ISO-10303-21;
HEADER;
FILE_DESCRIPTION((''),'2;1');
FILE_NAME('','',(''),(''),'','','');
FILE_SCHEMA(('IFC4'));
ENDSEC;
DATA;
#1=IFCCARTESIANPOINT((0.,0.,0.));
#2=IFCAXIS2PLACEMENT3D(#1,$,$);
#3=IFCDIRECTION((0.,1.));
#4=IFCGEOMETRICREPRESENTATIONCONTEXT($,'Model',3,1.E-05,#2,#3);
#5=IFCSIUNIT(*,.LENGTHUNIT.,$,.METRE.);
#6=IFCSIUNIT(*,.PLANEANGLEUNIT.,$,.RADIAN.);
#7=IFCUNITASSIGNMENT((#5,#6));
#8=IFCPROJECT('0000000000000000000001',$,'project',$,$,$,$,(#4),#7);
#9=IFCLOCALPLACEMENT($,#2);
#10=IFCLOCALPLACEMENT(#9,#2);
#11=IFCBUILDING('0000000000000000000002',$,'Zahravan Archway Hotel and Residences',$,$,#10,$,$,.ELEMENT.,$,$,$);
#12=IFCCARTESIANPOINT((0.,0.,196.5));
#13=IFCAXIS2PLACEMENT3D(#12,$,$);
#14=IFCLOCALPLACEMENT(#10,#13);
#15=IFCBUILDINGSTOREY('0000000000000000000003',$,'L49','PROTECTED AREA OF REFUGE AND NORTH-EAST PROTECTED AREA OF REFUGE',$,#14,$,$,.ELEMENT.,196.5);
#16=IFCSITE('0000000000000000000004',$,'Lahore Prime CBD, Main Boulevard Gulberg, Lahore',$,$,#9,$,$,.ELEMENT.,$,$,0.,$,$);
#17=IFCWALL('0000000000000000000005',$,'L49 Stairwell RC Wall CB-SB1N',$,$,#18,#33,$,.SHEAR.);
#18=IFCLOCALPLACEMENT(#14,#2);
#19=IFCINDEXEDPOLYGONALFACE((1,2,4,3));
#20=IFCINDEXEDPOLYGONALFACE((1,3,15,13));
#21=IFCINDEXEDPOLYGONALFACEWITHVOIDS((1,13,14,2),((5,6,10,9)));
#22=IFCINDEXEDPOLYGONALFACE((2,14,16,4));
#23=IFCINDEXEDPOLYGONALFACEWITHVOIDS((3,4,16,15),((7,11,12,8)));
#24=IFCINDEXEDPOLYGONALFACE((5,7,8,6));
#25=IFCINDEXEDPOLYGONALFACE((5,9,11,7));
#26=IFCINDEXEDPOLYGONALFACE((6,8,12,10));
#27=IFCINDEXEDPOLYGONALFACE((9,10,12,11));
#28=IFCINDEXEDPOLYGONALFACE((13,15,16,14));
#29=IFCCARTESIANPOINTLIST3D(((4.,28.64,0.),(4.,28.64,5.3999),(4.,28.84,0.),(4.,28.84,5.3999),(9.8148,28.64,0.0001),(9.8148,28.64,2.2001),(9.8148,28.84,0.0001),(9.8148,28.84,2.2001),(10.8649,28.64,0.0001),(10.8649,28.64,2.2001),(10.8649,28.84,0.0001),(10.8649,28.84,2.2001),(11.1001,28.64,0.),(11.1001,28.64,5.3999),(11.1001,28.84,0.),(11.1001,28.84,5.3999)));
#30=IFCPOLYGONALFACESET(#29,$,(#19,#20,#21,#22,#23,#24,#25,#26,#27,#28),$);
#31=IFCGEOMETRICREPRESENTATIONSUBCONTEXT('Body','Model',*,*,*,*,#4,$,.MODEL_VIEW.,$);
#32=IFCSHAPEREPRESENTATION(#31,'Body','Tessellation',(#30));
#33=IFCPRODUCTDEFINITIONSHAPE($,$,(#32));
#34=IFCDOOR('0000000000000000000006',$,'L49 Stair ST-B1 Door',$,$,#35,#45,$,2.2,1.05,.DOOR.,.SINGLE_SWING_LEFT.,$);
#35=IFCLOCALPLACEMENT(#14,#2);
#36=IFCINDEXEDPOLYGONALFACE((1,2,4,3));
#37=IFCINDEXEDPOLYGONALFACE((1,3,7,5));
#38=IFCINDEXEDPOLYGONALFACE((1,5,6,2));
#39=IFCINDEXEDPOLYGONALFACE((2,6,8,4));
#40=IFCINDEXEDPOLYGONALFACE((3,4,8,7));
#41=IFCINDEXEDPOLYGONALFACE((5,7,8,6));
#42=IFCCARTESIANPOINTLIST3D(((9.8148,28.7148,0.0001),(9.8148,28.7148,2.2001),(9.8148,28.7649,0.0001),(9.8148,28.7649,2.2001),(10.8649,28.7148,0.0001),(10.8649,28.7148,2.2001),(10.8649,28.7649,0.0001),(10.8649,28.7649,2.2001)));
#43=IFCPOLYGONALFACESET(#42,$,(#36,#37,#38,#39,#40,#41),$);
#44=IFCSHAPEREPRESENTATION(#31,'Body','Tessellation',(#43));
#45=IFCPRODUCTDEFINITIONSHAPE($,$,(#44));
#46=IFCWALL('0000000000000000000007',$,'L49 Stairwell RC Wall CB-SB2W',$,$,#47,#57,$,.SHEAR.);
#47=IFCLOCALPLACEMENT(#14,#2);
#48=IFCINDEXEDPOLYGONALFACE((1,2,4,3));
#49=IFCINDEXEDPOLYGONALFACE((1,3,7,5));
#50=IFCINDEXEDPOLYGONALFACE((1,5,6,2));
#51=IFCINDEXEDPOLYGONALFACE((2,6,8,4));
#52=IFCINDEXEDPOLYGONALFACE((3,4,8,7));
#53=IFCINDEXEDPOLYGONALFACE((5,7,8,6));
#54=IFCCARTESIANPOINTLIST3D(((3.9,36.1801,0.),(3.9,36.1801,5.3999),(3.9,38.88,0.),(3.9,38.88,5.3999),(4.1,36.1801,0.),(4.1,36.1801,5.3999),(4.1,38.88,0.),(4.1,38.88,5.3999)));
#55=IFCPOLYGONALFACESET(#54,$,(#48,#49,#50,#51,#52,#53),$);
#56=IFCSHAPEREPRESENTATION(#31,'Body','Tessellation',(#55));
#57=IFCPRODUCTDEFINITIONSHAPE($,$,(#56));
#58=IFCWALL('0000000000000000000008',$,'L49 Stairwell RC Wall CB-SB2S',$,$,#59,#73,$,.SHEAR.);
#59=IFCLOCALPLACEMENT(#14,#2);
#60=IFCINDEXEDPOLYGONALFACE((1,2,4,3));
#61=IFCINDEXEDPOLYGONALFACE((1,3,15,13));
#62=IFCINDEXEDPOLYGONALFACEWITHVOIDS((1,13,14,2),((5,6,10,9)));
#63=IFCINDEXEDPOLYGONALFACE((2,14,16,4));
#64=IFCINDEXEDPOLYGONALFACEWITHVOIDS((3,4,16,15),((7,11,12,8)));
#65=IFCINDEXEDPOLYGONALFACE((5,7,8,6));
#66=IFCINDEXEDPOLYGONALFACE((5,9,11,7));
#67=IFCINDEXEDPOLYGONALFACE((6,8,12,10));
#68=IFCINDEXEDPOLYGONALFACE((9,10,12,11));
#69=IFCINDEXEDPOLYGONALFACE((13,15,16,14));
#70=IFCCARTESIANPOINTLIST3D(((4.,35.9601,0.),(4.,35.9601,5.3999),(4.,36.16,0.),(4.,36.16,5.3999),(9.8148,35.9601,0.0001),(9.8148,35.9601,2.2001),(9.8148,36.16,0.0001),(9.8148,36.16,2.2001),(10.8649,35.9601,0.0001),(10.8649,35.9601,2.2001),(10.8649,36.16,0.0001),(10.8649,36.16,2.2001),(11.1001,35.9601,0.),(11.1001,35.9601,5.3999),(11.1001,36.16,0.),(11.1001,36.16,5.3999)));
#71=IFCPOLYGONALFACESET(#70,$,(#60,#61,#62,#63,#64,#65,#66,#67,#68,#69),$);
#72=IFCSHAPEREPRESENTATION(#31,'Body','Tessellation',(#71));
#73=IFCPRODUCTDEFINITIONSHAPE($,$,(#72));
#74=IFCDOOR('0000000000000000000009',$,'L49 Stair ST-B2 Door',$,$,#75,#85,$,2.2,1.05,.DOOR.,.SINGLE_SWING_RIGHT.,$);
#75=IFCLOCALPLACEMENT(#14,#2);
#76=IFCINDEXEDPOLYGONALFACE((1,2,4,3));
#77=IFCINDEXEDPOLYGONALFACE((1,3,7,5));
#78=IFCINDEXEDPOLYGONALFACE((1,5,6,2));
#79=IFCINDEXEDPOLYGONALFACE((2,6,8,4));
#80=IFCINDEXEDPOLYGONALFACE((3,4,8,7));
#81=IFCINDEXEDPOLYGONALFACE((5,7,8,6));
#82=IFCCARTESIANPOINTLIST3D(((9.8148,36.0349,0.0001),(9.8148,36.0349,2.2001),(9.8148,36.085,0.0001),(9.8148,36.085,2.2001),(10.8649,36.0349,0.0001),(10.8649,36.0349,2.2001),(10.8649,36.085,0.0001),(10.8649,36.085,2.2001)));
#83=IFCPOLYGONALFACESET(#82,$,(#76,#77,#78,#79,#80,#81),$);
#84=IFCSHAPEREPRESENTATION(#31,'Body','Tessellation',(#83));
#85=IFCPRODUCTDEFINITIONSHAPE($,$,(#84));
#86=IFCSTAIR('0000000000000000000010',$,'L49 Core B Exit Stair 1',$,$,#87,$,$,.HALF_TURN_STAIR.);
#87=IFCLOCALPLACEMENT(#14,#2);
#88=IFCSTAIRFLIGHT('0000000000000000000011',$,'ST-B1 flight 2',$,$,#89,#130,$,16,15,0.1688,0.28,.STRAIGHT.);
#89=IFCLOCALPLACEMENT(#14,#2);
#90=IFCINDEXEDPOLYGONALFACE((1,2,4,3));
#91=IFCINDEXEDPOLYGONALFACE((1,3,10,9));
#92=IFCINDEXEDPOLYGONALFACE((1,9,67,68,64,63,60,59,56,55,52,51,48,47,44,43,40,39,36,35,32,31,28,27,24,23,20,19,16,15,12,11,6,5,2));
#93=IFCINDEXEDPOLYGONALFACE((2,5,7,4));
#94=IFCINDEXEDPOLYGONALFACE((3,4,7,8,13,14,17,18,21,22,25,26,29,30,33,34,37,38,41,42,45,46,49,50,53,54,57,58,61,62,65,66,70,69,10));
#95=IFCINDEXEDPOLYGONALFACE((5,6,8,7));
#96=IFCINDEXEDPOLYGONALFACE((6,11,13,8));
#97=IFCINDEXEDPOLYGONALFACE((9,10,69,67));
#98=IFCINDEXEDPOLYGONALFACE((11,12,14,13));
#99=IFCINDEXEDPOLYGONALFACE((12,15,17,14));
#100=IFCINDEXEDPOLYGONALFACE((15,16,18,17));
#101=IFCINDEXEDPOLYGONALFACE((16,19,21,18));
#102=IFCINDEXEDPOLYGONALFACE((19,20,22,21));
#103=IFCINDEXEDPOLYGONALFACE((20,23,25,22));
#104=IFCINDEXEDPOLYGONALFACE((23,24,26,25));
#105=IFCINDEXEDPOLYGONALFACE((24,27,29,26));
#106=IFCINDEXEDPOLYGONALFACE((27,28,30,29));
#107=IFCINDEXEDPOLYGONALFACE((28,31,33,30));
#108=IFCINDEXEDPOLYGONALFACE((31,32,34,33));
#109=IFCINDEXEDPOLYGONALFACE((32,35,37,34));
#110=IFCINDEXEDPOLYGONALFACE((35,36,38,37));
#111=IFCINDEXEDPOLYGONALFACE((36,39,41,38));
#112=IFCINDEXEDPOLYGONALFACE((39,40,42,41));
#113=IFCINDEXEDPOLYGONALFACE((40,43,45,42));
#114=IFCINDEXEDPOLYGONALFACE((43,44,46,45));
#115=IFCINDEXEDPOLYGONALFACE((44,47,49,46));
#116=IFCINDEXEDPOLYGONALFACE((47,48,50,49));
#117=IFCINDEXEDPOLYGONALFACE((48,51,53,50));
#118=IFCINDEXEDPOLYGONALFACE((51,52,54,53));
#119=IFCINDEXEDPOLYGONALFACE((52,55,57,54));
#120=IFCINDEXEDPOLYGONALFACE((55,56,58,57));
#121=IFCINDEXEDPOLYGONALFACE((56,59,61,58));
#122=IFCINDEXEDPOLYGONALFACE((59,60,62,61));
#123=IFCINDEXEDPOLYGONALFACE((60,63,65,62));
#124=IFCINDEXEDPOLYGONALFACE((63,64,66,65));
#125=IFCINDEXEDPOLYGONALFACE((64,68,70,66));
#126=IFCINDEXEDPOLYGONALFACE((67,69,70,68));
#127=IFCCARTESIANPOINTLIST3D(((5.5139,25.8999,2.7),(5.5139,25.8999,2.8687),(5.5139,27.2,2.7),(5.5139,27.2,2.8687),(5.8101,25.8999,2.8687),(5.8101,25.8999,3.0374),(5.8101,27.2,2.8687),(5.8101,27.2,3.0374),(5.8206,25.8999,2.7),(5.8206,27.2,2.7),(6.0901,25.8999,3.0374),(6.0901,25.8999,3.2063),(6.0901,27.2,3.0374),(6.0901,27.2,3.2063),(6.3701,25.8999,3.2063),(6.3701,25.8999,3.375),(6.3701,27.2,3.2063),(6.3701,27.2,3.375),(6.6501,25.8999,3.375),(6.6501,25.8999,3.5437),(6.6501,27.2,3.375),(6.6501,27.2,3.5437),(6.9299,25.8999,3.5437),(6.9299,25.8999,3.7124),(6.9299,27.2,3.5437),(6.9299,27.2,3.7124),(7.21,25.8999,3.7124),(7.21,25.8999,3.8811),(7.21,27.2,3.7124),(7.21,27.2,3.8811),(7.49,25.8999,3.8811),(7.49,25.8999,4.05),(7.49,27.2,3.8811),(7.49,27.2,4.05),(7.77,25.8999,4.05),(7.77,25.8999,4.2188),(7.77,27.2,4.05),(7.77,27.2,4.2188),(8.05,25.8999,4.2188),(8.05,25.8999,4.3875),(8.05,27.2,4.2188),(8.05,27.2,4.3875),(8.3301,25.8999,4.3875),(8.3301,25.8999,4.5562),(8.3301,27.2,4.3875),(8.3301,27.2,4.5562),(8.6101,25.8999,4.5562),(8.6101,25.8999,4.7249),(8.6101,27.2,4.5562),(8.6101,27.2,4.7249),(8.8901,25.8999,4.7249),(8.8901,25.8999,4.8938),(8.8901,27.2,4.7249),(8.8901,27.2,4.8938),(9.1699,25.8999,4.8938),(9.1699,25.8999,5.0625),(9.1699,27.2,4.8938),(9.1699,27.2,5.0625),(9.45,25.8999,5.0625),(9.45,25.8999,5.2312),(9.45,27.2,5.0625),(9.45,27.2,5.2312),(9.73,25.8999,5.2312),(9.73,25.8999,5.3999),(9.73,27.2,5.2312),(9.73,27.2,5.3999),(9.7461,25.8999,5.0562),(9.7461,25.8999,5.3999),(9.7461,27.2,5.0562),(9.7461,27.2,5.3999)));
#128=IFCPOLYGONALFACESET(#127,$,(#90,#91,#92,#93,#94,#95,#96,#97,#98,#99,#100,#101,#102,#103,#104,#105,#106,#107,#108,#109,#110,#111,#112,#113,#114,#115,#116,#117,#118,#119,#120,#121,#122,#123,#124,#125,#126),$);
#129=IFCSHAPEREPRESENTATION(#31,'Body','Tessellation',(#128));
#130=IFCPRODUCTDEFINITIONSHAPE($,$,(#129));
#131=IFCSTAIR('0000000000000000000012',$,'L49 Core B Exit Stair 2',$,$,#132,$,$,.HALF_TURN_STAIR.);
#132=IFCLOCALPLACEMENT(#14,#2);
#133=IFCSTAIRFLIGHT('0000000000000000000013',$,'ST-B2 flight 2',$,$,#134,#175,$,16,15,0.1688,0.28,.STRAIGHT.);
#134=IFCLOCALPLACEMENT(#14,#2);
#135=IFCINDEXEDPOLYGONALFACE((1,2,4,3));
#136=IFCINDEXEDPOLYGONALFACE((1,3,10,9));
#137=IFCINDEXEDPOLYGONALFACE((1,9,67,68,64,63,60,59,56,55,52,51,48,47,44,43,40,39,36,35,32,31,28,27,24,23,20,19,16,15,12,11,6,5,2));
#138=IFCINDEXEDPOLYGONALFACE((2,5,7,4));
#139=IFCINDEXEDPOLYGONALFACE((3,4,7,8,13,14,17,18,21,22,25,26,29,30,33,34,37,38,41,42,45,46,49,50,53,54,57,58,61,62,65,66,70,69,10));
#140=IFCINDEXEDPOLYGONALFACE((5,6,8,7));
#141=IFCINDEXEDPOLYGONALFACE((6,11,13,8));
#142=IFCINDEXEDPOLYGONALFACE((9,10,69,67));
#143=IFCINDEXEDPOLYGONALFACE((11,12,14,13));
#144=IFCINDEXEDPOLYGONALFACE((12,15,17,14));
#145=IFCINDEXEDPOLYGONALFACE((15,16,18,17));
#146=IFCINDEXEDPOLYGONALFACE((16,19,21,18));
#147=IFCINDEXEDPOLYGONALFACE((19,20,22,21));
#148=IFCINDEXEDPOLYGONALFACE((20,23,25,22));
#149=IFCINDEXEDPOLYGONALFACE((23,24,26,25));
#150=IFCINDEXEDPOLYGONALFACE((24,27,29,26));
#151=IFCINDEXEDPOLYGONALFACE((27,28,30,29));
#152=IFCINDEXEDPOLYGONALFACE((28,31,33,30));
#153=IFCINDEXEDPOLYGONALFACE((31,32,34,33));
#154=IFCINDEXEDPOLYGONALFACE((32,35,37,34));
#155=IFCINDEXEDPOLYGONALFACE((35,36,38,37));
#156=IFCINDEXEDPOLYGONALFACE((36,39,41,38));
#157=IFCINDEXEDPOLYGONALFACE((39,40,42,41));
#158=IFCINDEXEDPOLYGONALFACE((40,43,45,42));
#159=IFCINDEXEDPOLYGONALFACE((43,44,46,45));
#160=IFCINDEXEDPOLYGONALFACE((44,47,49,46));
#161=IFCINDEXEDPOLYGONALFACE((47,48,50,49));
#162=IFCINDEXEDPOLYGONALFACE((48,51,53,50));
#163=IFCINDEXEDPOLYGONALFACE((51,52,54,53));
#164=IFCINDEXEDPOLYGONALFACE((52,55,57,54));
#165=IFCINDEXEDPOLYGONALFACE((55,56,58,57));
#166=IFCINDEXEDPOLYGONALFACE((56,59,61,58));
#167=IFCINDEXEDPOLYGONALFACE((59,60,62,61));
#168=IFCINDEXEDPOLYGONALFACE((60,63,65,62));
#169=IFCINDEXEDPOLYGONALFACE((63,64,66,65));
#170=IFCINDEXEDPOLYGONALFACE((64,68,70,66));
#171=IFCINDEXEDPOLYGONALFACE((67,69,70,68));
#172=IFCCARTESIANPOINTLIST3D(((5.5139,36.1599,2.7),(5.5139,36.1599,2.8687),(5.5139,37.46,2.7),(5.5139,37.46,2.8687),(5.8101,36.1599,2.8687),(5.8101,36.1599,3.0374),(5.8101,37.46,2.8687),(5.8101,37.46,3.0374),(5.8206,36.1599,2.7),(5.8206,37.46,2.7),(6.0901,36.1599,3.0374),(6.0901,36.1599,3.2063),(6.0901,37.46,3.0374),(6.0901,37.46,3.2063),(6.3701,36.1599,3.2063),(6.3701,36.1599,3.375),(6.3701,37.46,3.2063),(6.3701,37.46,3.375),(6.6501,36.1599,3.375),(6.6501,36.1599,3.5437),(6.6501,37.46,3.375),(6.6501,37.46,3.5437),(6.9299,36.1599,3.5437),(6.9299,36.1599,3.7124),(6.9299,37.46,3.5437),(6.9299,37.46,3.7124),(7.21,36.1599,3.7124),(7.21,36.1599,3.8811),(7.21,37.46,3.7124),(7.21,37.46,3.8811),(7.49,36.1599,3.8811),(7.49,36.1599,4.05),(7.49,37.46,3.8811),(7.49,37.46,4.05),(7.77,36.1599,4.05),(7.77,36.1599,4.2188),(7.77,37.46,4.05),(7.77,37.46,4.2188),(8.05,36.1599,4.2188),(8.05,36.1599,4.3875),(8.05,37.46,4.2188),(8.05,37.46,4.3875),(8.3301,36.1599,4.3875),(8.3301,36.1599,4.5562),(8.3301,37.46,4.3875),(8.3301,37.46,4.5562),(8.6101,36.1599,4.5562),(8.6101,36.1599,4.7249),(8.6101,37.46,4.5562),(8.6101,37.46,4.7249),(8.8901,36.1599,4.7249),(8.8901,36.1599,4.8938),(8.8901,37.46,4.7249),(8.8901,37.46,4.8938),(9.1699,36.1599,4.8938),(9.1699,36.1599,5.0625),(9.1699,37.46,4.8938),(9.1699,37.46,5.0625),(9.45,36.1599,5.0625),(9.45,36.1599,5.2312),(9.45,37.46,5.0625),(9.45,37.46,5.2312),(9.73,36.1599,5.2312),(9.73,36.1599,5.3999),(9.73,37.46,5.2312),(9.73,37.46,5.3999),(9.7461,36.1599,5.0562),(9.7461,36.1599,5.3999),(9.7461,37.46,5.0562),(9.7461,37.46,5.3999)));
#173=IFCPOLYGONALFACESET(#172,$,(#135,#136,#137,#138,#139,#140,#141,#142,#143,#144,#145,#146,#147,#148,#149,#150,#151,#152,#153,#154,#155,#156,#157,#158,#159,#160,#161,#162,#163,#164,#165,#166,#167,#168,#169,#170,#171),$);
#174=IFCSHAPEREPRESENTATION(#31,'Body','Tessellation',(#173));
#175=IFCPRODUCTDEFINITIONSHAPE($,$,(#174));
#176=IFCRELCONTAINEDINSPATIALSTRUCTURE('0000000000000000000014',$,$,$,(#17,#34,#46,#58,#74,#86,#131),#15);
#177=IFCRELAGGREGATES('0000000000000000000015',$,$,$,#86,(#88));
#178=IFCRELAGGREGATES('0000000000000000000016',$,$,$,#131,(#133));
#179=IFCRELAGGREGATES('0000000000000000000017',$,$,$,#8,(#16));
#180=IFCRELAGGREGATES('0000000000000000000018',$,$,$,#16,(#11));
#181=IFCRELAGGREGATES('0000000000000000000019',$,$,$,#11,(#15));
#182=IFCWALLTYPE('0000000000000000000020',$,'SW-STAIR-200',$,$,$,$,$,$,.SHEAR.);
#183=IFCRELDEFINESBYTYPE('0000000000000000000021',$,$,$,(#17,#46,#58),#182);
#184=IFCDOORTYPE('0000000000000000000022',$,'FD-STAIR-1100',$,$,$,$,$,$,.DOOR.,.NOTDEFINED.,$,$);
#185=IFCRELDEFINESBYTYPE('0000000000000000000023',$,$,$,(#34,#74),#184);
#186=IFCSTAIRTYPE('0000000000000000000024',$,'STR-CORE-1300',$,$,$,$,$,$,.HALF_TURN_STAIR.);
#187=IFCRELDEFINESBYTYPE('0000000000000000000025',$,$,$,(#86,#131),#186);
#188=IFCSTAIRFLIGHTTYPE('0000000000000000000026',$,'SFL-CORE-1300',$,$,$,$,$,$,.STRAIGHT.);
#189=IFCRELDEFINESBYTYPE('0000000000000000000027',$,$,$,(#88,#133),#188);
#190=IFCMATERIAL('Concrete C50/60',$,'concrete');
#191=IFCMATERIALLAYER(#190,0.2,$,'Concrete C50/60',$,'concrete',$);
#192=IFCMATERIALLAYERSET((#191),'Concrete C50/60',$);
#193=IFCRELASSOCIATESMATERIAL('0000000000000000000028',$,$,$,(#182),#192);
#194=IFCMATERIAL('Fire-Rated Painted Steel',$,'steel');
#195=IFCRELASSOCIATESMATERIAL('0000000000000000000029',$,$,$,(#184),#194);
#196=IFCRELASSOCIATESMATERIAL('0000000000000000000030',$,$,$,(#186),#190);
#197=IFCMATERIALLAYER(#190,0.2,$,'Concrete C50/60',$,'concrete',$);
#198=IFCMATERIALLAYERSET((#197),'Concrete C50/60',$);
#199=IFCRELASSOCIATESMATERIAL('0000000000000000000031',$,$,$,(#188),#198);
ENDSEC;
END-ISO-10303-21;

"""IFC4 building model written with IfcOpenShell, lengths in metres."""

from ifc_helpers import new_model, si_unit, direction, frame, frame_2d, origin, place, context, subcontext, project, spatial, polyline, rectangle, outline, extrude, source, transform, mapped, material, layer, layer_set, type_object, type_shapes, element, fill, aggregate, save


model = new_model("IFC4")

# Units and contexts
model_context = context("Model", 3, precision=1e-05, world=origin(), true_north=direction((0.0, 1.0)))
body_context = subcontext(model_context, "Body", "Model", "MODEL_VIEW")
ifc_project = project(units=[si_unit("LENGTHUNIT", "METRE"), si_unit("PLANEANGLEUNIT", "RADIAN")], contexts=[model_context])

# Site, building, storey
site_placement = place(None, origin())
site = spatial("IfcSite", under=ifc_project, at=site_placement, Name="Lahore Prime CBD, Main Boulevard Gulberg, Lahore", CompositionType="ELEMENT", RefElevation=0.0)
building_placement = place(site_placement, origin())
building = spatial("IfcBuilding", under=site, at=building_placement, Name="Zahravan Archway Hotel and Residences", CompositionType="ELEMENT")
storey_placement = place(building_placement, frame((0.0, 0.0, 196.5)))
storey = spatial("IfcBuildingStorey", under=building, at=storey_placement, Name="L49", Description="PROTECTED AREA OF REFUGE AND NORTH-EAST PROTECTED AREA OF REFUGE", CompositionType="ELEMENT", Elevation=196.5)

# Shared definitions
ifc_material_1 = material(Name="Fire-Rated Painted Steel", Category="steel")

# Shared definitions
ifc_material_2 = material(Name="Concrete C50/60", Category="concrete")
ifc_layer_1 = layer(ifc_material_2, 0.2, Name="Concrete C50/60", Category="concrete")
ifc_layer_set_1 = layer_set([ifc_layer_1], Name="Concrete C50/60")
wall_type_1 = type_object("IfcWallType", Name="SW-STAIR-200", PredefinedType="SHEAR", material=ifc_layer_set_1)

# Wall, opening, door
wall_1_placement = place(storey_placement, frame((4.0, 28.74, 0.0), z_axis=(0.0, 0.0, 1.0), x_axis=(1.0, 0.0, 0.0)))
wall_1 = element("IfcWall", 1, at=wall_1_placement, inside=storey, type_object=wall_type_1, Name="L49 Stairwell RC Wall CB-SB1N", PredefinedType="SHEAR", context=body_context, shape_type="SweptSolid", body=[
    extrude(rectangle(XDim=7.1001, YDim=0.2, at=frame_2d((3.55, 0.0))), origin(), (0.0, 0.0, 1.0), 5.3999),
])
opening_1_placement = place(wall_1_placement, frame((5.8149, 0.0, 0.0)))
opening_1 = element("IfcOpeningElement", 2, at=opening_1_placement, cuts=wall_1, PredefinedType="OPENING", context=body_context, shape_type="SweptSolid", body=[
    extrude(rectangle(XDim=1.05, YDim=2.2, at=frame_2d((0.5249, 1.1001))), frame((0.0, 0.1099, 0.0), z_axis=(0.0, -1.0, 0.0), x_axis=(1.0, 0.0, 0.0)), (0.0, 0.0, 1.0), 0.22),
])
door_type_1 = type_object("IfcDoorType", Name="FD-STAIR-1100", OperationType="NOTDEFINED", PredefinedType="DOOR", material=ifc_material_1)
shared_shape_1 = source(origin(), body_context, "Body", "SweptSolid", [
    extrude(rectangle(XDim=1.05, YDim=2.2, at=frame_2d((0.5249, 1.1001))), frame((0.0, 0.0249, 0.0), z_axis=(0.0, -1.0, 0.0), x_axis=(1.0, 0.0, 0.0)), (0.0, 0.0, 1.0), 0.05),
])
type_shapes(door_type_1, [shared_shape_1])
door_1_placement = place(opening_1_placement, origin())
door_1 = element("IfcDoor", 3, at=door_1_placement, inside=storey, type_object=door_type_1, Name="L49 Stair ST-B1 Door", OperationType="SINGLE_SWING_LEFT", OverallHeight=2.2, OverallWidth=1.05, PredefinedType="DOOR", context=body_context, shape_type="MappedRepresentation", body=[
    mapped(shared_shape_1, transform((0.0, 0.0, 0.0), scale=1.0)),
])
fill(opening_1, door_1)

# Wall
wall_2_placement = place(storey_placement, frame((4.0, 36.1799, 0.0), z_axis=(0.0, 0.0, 1.0), x_axis=(0.0, 1.0, 0.0)))
element("IfcWall", 4, at=wall_2_placement, inside=storey, type_object=wall_type_1, Name="L49 Stairwell RC Wall CB-SB2W", PredefinedType="SHEAR", context=body_context, shape_type="SweptSolid", body=[
    extrude(rectangle(XDim=2.7, YDim=0.2, at=frame_2d((1.3501, 0.0))), origin(), (0.0, 0.0, 1.0), 5.3999),
])

# Wall, opening, door
wall_3_placement = place(storey_placement, frame((4.0, 36.0601, 0.0), z_axis=(0.0, 0.0, 1.0), x_axis=(1.0, 0.0, 0.0)))
wall_3 = element("IfcWall", 5, at=wall_3_placement, inside=storey, type_object=wall_type_1, Name="L49 Stairwell RC Wall CB-SB2S", PredefinedType="SHEAR", context=body_context, shape_type="SweptSolid", body=[
    extrude(rectangle(XDim=7.1001, YDim=0.2, at=frame_2d((3.55, 0.0))), origin(), (0.0, 0.0, 1.0), 5.3999),
])
opening_2_placement = place(wall_3_placement, frame((5.8149, 0.0, 0.0)))
opening_2 = element("IfcOpeningElement", 6, at=opening_2_placement, cuts=wall_3, PredefinedType="OPENING", context=body_context, shape_type="SweptSolid", body=[
    extrude(rectangle(XDim=1.05, YDim=2.2, at=frame_2d((0.5249, 1.1001))), frame((0.0, 0.1099, 0.0), z_axis=(0.0, -1.0, 0.0), x_axis=(1.0, 0.0, 0.0)), (0.0, 0.0, 1.0), 0.22),
])
door_2_placement = place(opening_2_placement, origin())
door_2 = element("IfcDoor", 7, at=door_2_placement, inside=storey, type_object=door_type_1, Name="L49 Stair ST-B2 Door", OperationType="SINGLE_SWING_RIGHT", OverallHeight=2.2, OverallWidth=1.05, PredefinedType="DOOR", context=body_context, shape_type="MappedRepresentation", body=[
    mapped(shared_shape_1, transform((0.0, 0.0, 0.0), scale=1.0)),
])
fill(opening_2, door_2)

# Stairs, stair flights
stair_type = type_object("IfcStairType", Name="STR-CORE-1300", PredefinedType="HALF_TURN_STAIR", material=ifc_material_2)
stair_1_placement = place(storey_placement, origin())
stair_1 = element("IfcStair", 8, at=stair_1_placement, inside=storey, type_object=stair_type, Name="L49 Core B Exit Stair 1", PredefinedType="HALF_TURN_STAIR")
ifc_layer_2 = layer(ifc_material_2, 0.2, Name="Concrete C50/60", Category="concrete")
ifc_layer_set_2 = layer_set([ifc_layer_2], Name="Concrete C50/60")
stair_flight_type = type_object("IfcStairFlightType", Name="SFL-CORE-1300", PredefinedType="STRAIGHT", material=ifc_layer_set_2)
shared_shape_2 = source(origin(), body_context, "Body", "SweptSolid", [
    extrude(outline(polyline([(-0.0161, 0.0), (-0.0161, 0.1687), (0.28, 0.1687), (0.28, 0.3374), (0.5601, 0.3374), (0.5601, 0.5063), (0.8401, 0.5063), (0.8401, 0.675), (1.1201, 0.675), (1.1201, 0.8438), (1.3999, 0.8438), (1.3999, 1.0125), (1.6799, 1.0125), (1.6799, 1.1812), (1.96, 1.1812), (1.96, 1.3501), (2.24, 1.3501), (2.24, 1.5188), (2.52, 1.5188), (2.52, 1.6875), (2.8, 1.6875), (2.8, 1.8562), (3.0801, 1.8562), (3.0801, 2.0249), (3.3601, 2.0249), (3.3601, 2.1938), (3.6399, 2.1938), (3.6399, 2.3625), (3.9199, 2.3625), (3.9199, 2.5312), (4.2, 2.5312), (4.2, 2.7), (4.2161, 2.7), (4.2161, 2.3562), (0.2905, 0.0), (-0.0161, 0.0)])), frame((0.0, 0.6499, 0.0), z_axis=(0.0, -1.0, 0.0), x_axis=(1.0, 0.0, 0.0)), (0.0, 0.0, 1.0), 1.3),
])
stair_flight_1_placement = place(storey_placement, frame((5.53, 26.55, 2.7), z_axis=(0.0, 0.0, 1.0), x_axis=(1.0, 0.0, 0.0)))
stair_flight_1 = element("IfcStairFlight", 9, at=stair_flight_1_placement, type_object=stair_flight_type, Name="ST-B1 flight 2", NumberOfRisers=16, NumberOfTreads=15, PredefinedType="STRAIGHT", RiserHeight=0.1688, TreadLength=0.28, context=body_context, shape_type="MappedRepresentation", body=[
    mapped(shared_shape_2, transform((0.0, 0.0, 0.0), scale=1.0)),
])
aggregate(stair_1, [stair_flight_1])
stair_2_placement = place(storey_placement, origin())
stair_2 = element("IfcStair", 10, at=stair_2_placement, inside=storey, type_object=stair_type, Name="L49 Core B Exit Stair 2", PredefinedType="HALF_TURN_STAIR")
stair_flight_2_placement = place(storey_placement, frame((5.53, 36.8101, 2.7), z_axis=(0.0, 0.0, 1.0), x_axis=(1.0, 0.0, 0.0)))
stair_flight_2 = element("IfcStairFlight", 11, at=stair_flight_2_placement, type_object=stair_flight_type, Name="ST-B2 flight 2", NumberOfRisers=16, NumberOfTreads=15, PredefinedType="STRAIGHT", RiserHeight=0.1688, TreadLength=0.28, context=body_context, shape_type="MappedRepresentation", body=[
    mapped(shared_shape_2, transform((0.0, 0.0, 0.0), scale=1.0)),
])
aggregate(stair_2, [stair_flight_2])

save(model, "model.ifc")
